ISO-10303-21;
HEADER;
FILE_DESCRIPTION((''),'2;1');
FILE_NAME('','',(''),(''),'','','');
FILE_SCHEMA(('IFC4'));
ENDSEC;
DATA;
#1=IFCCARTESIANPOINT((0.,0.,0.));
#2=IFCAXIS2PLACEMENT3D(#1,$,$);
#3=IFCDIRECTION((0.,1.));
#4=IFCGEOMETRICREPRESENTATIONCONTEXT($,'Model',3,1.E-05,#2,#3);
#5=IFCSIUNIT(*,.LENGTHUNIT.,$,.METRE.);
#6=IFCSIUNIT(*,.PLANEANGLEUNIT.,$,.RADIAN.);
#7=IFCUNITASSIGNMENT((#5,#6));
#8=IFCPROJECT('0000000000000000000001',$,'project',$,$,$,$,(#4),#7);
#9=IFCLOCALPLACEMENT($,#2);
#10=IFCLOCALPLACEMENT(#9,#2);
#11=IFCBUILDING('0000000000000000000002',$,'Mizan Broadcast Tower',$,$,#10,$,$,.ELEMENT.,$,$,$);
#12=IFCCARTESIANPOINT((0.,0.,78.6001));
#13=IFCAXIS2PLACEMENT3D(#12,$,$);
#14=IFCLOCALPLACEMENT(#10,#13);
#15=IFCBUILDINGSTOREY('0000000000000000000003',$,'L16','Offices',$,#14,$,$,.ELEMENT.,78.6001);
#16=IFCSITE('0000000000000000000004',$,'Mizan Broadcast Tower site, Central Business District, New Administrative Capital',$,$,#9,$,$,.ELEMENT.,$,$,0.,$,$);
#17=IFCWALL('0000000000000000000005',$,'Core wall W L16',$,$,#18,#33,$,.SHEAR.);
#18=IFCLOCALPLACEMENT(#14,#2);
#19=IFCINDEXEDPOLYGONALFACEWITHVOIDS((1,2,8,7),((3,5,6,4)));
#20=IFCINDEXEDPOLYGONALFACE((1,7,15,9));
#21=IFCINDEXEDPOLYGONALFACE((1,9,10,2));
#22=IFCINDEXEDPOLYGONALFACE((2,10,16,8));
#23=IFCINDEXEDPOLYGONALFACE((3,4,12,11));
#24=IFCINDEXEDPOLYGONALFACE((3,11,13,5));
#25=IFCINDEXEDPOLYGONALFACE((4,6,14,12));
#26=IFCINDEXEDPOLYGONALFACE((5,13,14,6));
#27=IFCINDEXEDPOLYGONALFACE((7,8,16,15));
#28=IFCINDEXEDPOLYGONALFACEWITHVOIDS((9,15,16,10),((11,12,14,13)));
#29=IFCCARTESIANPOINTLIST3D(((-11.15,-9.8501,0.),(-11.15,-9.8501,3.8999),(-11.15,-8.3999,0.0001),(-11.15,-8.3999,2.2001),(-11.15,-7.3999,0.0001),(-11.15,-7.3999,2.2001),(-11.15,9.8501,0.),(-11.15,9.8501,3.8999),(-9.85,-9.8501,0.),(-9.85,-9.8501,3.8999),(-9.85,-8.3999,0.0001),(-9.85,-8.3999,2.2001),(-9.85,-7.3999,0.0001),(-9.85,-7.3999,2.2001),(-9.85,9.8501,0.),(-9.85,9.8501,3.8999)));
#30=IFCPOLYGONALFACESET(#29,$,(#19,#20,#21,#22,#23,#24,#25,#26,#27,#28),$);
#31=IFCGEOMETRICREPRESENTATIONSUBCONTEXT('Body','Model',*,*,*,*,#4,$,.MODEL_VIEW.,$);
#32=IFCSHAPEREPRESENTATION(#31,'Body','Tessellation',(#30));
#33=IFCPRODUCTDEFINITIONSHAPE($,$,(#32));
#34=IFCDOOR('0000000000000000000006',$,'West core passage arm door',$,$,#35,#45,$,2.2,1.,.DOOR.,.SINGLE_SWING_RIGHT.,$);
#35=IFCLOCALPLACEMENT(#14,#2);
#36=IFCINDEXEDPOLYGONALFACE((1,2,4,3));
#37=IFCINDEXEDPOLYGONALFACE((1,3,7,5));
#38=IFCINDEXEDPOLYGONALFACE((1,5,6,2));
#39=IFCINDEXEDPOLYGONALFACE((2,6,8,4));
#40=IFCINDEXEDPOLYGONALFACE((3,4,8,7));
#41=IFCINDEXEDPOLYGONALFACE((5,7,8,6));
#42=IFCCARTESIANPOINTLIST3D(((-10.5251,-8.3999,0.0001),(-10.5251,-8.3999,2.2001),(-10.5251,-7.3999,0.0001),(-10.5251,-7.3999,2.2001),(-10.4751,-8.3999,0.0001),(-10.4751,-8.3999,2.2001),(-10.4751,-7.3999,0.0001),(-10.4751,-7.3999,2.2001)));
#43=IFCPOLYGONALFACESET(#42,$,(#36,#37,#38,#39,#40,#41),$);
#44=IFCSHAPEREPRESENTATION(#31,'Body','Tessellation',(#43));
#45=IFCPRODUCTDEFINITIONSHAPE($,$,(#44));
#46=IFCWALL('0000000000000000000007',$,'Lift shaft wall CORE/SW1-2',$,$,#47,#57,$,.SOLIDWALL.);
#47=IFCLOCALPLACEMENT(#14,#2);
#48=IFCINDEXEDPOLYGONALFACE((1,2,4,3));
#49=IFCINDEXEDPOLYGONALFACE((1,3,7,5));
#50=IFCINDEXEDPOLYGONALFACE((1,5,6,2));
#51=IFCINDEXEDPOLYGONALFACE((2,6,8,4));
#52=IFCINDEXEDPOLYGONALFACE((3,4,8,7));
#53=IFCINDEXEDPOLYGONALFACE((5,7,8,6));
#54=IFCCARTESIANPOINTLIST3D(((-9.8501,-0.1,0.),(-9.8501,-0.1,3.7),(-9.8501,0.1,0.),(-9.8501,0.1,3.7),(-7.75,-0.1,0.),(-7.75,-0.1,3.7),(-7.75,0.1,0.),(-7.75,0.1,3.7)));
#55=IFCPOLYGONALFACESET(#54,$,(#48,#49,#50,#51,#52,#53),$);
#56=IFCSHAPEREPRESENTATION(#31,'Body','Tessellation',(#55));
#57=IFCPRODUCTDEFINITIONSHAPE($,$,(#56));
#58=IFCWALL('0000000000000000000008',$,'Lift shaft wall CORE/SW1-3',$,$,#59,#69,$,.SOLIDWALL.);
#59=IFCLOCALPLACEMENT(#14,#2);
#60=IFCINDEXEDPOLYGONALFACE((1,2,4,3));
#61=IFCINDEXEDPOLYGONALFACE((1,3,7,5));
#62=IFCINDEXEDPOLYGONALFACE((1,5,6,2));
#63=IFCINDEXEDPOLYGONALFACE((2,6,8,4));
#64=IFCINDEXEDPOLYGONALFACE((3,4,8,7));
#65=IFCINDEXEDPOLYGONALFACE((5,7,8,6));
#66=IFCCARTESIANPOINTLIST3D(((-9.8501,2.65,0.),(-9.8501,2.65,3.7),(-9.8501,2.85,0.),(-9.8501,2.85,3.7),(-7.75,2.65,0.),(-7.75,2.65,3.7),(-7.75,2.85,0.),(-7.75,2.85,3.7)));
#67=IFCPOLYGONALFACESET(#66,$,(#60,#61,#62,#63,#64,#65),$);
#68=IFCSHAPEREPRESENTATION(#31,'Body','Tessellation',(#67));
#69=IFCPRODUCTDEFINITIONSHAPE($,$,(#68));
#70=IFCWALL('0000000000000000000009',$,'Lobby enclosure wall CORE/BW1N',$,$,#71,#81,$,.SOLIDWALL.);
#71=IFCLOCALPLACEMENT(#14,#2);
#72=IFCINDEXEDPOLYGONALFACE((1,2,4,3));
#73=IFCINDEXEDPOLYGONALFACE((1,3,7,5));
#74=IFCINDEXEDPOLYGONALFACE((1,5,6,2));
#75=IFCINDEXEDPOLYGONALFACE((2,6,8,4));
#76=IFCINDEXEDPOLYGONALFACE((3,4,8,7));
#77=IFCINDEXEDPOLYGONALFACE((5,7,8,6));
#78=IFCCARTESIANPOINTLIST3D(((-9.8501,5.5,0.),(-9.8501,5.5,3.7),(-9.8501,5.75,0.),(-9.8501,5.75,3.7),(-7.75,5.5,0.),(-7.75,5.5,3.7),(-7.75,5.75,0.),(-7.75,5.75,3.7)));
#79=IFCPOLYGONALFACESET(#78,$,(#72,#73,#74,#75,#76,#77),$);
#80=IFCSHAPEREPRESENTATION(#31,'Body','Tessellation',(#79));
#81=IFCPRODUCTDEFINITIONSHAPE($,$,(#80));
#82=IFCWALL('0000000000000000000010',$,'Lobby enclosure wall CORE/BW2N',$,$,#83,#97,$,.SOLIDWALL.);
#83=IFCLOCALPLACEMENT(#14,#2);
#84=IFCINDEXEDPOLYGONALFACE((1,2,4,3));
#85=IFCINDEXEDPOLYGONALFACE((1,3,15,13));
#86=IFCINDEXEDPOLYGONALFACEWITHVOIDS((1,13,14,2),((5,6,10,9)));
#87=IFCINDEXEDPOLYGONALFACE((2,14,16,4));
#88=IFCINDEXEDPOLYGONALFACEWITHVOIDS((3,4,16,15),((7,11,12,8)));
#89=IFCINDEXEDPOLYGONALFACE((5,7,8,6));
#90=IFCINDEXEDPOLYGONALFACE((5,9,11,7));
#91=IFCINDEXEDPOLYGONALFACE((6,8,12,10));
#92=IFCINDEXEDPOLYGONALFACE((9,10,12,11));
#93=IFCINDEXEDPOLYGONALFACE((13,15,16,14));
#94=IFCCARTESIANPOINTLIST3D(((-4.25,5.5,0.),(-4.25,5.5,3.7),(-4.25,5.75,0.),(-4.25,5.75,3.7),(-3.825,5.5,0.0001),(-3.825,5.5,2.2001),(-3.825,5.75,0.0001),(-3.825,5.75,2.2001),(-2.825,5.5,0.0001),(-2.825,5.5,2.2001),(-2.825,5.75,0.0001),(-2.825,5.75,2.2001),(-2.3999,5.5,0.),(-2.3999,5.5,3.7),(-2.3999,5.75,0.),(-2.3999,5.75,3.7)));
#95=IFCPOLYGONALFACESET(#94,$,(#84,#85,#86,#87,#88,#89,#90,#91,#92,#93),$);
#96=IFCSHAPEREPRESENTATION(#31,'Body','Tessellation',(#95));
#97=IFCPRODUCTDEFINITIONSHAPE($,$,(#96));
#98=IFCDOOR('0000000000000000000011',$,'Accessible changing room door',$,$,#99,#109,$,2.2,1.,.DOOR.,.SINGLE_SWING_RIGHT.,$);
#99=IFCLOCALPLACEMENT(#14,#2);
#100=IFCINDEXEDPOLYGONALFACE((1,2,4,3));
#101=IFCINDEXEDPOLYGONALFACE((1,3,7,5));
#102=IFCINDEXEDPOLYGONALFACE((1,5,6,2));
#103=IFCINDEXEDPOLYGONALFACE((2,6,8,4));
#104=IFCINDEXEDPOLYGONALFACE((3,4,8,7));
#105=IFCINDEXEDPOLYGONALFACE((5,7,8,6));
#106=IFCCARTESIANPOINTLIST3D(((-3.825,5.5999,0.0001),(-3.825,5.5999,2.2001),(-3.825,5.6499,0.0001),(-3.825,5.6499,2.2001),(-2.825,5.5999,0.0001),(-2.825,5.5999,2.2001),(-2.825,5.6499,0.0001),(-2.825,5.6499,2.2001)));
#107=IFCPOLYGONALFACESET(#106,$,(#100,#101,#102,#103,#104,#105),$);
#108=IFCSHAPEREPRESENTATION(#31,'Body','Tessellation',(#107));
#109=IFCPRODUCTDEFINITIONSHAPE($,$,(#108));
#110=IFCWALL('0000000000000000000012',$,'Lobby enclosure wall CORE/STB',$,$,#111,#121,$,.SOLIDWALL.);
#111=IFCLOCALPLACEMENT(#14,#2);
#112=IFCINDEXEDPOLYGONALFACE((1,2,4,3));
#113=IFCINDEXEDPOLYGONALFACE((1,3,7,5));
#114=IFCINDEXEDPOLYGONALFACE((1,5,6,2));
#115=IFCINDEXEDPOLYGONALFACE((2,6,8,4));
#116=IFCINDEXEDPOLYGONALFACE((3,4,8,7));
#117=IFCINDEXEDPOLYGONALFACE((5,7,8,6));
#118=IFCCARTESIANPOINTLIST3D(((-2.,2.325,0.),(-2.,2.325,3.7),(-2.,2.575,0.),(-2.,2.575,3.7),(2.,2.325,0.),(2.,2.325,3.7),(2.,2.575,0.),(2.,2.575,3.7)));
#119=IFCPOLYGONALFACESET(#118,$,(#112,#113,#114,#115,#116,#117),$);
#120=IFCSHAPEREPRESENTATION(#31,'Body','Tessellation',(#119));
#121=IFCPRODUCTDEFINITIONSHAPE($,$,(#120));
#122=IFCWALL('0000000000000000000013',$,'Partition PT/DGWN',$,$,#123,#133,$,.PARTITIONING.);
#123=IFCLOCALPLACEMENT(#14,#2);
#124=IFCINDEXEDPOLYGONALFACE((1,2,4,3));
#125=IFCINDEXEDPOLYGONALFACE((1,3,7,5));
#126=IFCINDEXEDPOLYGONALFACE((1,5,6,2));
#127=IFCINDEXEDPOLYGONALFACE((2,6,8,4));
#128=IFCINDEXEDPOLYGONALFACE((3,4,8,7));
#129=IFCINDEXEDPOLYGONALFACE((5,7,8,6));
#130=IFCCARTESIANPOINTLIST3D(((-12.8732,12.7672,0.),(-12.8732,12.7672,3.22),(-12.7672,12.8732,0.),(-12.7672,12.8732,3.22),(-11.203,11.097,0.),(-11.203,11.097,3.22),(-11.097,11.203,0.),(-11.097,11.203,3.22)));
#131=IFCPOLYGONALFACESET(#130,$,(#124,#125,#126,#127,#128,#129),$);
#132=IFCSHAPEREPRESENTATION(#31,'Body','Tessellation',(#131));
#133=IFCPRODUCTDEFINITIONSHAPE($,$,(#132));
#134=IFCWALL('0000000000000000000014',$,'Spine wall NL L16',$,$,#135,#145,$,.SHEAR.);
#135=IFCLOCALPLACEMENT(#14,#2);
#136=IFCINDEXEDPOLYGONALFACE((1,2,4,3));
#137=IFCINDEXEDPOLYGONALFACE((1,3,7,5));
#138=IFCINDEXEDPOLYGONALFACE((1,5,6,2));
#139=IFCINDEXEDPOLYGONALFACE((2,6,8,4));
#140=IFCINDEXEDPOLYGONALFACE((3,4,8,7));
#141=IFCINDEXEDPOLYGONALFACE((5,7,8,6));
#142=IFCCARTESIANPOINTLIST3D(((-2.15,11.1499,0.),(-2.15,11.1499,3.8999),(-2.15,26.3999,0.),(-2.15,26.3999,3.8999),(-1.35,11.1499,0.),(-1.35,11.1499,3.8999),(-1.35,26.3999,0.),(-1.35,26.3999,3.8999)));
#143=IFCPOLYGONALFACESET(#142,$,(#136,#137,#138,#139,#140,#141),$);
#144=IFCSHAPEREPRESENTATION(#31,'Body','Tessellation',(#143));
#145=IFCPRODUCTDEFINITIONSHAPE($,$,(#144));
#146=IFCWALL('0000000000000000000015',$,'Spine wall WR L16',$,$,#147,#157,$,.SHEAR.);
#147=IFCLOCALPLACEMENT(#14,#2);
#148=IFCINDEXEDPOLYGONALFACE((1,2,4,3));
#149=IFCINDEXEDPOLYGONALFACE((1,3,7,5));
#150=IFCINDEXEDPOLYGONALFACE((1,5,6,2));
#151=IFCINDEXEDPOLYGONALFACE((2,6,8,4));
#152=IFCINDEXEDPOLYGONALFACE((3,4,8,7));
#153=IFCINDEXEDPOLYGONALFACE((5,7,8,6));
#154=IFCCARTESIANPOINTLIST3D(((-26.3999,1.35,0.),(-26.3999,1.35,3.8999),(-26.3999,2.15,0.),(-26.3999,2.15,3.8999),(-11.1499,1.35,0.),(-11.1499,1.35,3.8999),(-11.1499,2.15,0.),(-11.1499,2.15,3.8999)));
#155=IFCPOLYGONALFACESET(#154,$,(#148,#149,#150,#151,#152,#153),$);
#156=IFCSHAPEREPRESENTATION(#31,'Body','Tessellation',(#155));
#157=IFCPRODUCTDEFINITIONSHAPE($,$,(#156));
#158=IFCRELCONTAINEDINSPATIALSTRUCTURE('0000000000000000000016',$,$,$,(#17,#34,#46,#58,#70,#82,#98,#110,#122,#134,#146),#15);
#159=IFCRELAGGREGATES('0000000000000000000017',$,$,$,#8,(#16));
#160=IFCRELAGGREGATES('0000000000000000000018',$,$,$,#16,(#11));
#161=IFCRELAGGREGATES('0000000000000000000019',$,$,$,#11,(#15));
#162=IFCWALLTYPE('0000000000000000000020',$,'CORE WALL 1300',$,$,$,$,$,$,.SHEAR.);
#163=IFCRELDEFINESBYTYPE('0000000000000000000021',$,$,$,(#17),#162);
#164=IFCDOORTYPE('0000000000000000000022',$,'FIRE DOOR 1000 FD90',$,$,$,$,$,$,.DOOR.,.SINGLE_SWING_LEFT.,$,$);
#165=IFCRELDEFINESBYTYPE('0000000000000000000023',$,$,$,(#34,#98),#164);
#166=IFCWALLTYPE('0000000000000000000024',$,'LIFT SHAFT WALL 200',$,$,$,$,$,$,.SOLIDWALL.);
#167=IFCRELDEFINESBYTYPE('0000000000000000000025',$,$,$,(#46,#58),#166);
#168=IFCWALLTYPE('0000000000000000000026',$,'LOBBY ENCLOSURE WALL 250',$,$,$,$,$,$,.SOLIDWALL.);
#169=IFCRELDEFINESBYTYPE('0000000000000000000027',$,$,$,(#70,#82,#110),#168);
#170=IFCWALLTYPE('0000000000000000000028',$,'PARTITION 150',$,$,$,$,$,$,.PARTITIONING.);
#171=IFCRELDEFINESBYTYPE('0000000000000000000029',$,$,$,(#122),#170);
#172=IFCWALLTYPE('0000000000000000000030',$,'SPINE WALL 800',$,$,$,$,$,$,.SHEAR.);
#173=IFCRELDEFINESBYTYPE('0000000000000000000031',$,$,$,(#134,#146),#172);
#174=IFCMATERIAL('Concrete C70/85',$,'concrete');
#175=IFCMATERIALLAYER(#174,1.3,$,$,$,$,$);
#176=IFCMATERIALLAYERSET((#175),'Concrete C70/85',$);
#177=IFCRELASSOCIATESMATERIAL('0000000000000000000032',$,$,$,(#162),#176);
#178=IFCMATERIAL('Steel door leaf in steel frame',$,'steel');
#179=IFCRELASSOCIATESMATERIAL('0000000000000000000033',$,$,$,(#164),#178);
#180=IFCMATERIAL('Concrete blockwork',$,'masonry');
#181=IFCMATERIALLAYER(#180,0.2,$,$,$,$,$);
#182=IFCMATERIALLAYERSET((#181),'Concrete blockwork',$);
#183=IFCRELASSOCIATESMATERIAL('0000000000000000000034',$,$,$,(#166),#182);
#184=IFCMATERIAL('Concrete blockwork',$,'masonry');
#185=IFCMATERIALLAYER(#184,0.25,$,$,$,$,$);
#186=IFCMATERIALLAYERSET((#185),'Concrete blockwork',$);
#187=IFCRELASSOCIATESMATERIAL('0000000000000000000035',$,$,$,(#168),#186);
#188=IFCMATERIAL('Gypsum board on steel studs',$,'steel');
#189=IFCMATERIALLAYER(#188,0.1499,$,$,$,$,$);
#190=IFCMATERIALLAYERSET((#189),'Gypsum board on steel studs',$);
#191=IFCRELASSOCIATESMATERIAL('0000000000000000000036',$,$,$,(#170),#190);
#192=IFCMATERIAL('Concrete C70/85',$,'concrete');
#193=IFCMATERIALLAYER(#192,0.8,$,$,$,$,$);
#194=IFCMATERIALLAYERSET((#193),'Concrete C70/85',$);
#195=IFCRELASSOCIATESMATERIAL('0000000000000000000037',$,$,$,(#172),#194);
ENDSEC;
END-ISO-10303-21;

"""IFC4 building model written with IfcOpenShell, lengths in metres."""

from ifc_helpers import new_model, si_unit, direction, frame, frame_2d, origin, place, context, subcontext, project, spatial, rectangle, extrude, material, layer, layer_set, type_object, element, fill, save


model = new_model("IFC4")

# Units and contexts
model_context = context("Model", 3, precision=1e-05, world=origin(), true_north=direction((0.0, 1.0)))
body_context = subcontext(model_context, "Body", "Model", "MODEL_VIEW")
ifc_project = project(units=[si_unit("LENGTHUNIT", "METRE"), si_unit("PLANEANGLEUNIT", "RADIAN")], contexts=[model_context])

# Site, building, storey
site_placement = place(None, origin())
site = spatial("IfcSite", under=ifc_project, at=site_placement, Name="Mizan Broadcast Tower site, Central Business District, New Administrative Capital", CompositionType="ELEMENT", RefElevation=0.0)
building_placement = place(site_placement, origin())
building = spatial("IfcBuilding", under=site, at=building_placement, Name="Mizan Broadcast Tower", CompositionType="ELEMENT")
storey_placement = place(building_placement, frame((0.0, 0.0, 78.6001)))
storey = spatial("IfcBuildingStorey", under=building, at=storey_placement, Name="L16", Description="Offices", CompositionType="ELEMENT", Elevation=78.6001)

# Shared definitions
ifc_material_1 = material(Name="Concrete C70/85", Category="concrete")
ifc_layer_1 = layer(ifc_material_1, 1.3)
ifc_layer_set_1 = layer_set([ifc_layer_1], Name="Concrete C70/85")
wall_type_1 = type_object("IfcWallType", Name="CORE WALL 1300", PredefinedType="SHEAR", material=ifc_layer_set_1)

# Wall, opening, door
wall_1_placement = place(storey_placement, frame((-10.5, 9.8501, 0.0), z_axis=(0.0, 0.0, 1.0), x_axis=(0.0, -1.0, 0.0)))
wall_1 = element("IfcWall", 1, at=wall_1_placement, inside=storey, type_object=wall_type_1, Name="Core wall W L16", PredefinedType="SHEAR", context=body_context, shape_type="SweptSolid", body=[
    extrude(rectangle(XDim=19.7002, YDim=1.3, at=frame_2d((9.8501, 0.0))), origin(), (0.0, 0.0, 1.0), 3.8999),
])
opening_1_placement = place(wall_1_placement, frame((17.25, 0.0, 0.0)))
opening_1 = element("IfcOpeningElement", 2, at=opening_1_placement, cuts=wall_1, PredefinedType="OPENING", context=body_context, shape_type="SweptSolid", body=[
    extrude(rectangle(XDim=1.0, YDim=2.2, at=frame_2d((0.5, 1.1001))), frame((0.0, 0.6599, 0.0), z_axis=(0.0, -1.0, 0.0), x_axis=(1.0, 0.0, 0.0)), (0.0, 0.0, 1.0), 1.3201),
])
ifc_material_2 = material(Name="Steel door leaf in steel frame", Category="steel")
door_type_1 = type_object("IfcDoorType", Name="FIRE DOOR 1000 FD90", OperationType="SINGLE_SWING_LEFT", PredefinedType="DOOR", material=ifc_material_2)
door_1_placement = place(opening_1_placement, origin())
door_1 = element("IfcDoor", 3, at=door_1_placement, inside=storey, type_object=door_type_1, Name="West core passage arm door", OperationType="SINGLE_SWING_RIGHT", OverallHeight=2.2, OverallWidth=1.0, PredefinedType="DOOR", context=body_context, shape_type="SweptSolid", body=[
    extrude(rectangle(XDim=1.0, YDim=2.2, at=frame_2d((0.5, 1.1001))), frame((0.0, 0.0249, 0.0), z_axis=(0.0, -1.0, 0.0), x_axis=(1.0, 0.0, 0.0)), (0.0, 0.0, 1.0), 0.05),
])
fill(opening_1, door_1)

# Walls
ifc_material_3 = material(Name="Concrete blockwork", Category="masonry")
ifc_layer_2 = layer(ifc_material_3, 0.2)
ifc_layer_set_2 = layer_set([ifc_layer_2], Name="Concrete blockwork")
wall_type_2 = type_object("IfcWallType", Name="LIFT SHAFT WALL 200", PredefinedType="SOLIDWALL", material=ifc_layer_set_2)
for number, where, z_axis, x_axis, name in (
    (4, (-9.8501, 0.0, 0.0), (0.0, 0.0, 1.0), (1.0, 0.0, 0.0), "Lift shaft wall CORE/SW1-2"),
    (5, (-9.8501, 2.75, 0.0), (0.0, 0.0, 1.0), (1.0, 0.0, 0.0), "Lift shaft wall CORE/SW1-3"),
):
    element("IfcWall", number, at=place(storey_placement, frame(where, z_axis=z_axis, x_axis=x_axis)), inside=storey, type_object=wall_type_2, Name=name, PredefinedType="SOLIDWALL", context=body_context, shape_type="SweptSolid", body=[
        extrude(rectangle(XDim=2.1001, YDim=0.2, at=frame_2d((1.05, 0.0))), origin(), (0.0, 0.0, 1.0), 3.7),
    ])
ifc_material_4 = material(Name="Concrete blockwork", Category="masonry")
ifc_layer_3 = layer(ifc_material_4, 0.25)
ifc_layer_set_3 = layer_set([ifc_layer_3], Name="Concrete blockwork")
wall_type_3 = type_object("IfcWallType", Name="LOBBY ENCLOSURE WALL 250", PredefinedType="SOLIDWALL", material=ifc_layer_set_3)
wall_2_placement = place(storey_placement, frame((-9.8501, 5.625, 0.0), z_axis=(0.0, 0.0, 1.0), x_axis=(1.0, 0.0, 0.0)))
element("IfcWall", 6, at=wall_2_placement, inside=storey, type_object=wall_type_3, Name="Lobby enclosure wall CORE/BW1N", PredefinedType="SOLIDWALL", context=body_context, shape_type="SweptSolid", body=[
    extrude(rectangle(XDim=2.1001, YDim=0.25, at=frame_2d((1.05, 0.0))), origin(), (0.0, 0.0, 1.0), 3.7),
])

# Wall, opening, door
wall_3_placement = place(storey_placement, frame((-4.25, 5.625, 0.0), z_axis=(0.0, 0.0, 1.0), x_axis=(1.0, 0.0, 0.0)))
wall_3 = element("IfcWall", 7, at=wall_3_placement, inside=storey, type_object=wall_type_3, Name="Lobby enclosure wall CORE/BW2N", PredefinedType="SOLIDWALL", context=body_context, shape_type="SweptSolid", body=[
    extrude(rectangle(XDim=1.8501, YDim=0.25, at=frame_2d((0.925, 0.0))), origin(), (0.0, 0.0, 1.0), 3.7),
])
opening_2_placement = place(wall_3_placement, frame((0.425, 0.0, 0.0)))
opening_2 = element("IfcOpeningElement", 8, at=opening_2_placement, cuts=wall_3, PredefinedType="OPENING", context=body_context, shape_type="SweptSolid", body=[
    extrude(rectangle(XDim=1.0, YDim=2.2, at=frame_2d((0.5, 1.1001))), frame((0.0, 0.135, 0.0), z_axis=(0.0, -1.0, 0.0), x_axis=(1.0, 0.0, 0.0)), (0.0, 0.0, 1.0), 0.27),
])
door_2_placement = place(opening_2_placement, origin())
door_2 = element("IfcDoor", 9, at=door_2_placement, inside=storey, type_object=door_type_1, Name="Accessible changing room door", OperationType="SINGLE_SWING_RIGHT", OverallHeight=2.2, OverallWidth=1.0, PredefinedType="DOOR", context=body_context, shape_type="SweptSolid", body=[
    extrude(rectangle(XDim=1.0, YDim=2.2, at=frame_2d((0.5, 1.1001))), frame((0.0, 0.0249, 0.0), z_axis=(0.0, -1.0, 0.0), x_axis=(1.0, 0.0, 0.0)), (0.0, 0.0, 1.0), 0.05),
])
fill(opening_2, door_2)

# Walls
wall_4_placement = place(storey_placement, frame((-2.0, 2.45, 0.0), z_axis=(0.0, 0.0, 1.0), x_axis=(1.0, 0.0, 0.0)))
element("IfcWall", 10, at=wall_4_placement, inside=storey, type_object=wall_type_3, Name="Lobby enclosure wall CORE/STB", PredefinedType="SOLIDWALL", context=body_context, shape_type="SweptSolid", body=[
    extrude(rectangle(XDim=4.0, YDim=0.25, at=frame_2d((2.0, 0.0))), origin(), (0.0, 0.0, 1.0), 3.7),
])
ifc_material_5 = material(Name="Gypsum board on steel studs", Category="steel")
ifc_layer_4 = layer(ifc_material_5, 0.1499)
ifc_layer_set_4 = layer_set([ifc_layer_4], Name="Gypsum board on steel studs")
wall_type_4 = type_object("IfcWallType", Name="PARTITION 150", PredefinedType="PARTITIONING", material=ifc_layer_set_4)
wall_5_placement = place(storey_placement, frame((-11.1499, 11.1499, 0.0), z_axis=(0.0, 0.0, 1.0), x_axis=(-0.707107, 0.707107, 0.0)))
element("IfcWall", 11, at=wall_5_placement, inside=storey, type_object=wall_type_4, Name="Partition PT/DGWN", PredefinedType="PARTITIONING", context=body_context, shape_type="SweptSolid", body=[
    extrude(rectangle(XDim=2.3621, YDim=0.1499, at=frame_2d((1.1812, 0.0))), origin(), (0.0, 0.0, 1.0), 3.22),
])
ifc_material_6 = material(Name="Concrete C70/85", Category="concrete")
ifc_layer_5 = layer(ifc_material_6, 0.8)
ifc_layer_set_5 = layer_set([ifc_layer_5], Name="Concrete C70/85")
wall_type_5 = type_object("IfcWallType", Name="SPINE WALL 800", PredefinedType="SHEAR", material=ifc_layer_set_5)
for number, where, z_axis, x_axis, name in (
    (12, (-1.75, 11.1499, 0.0), (0.0, 0.0, 1.0), (0.0, 1.0, 0.0), "Spine wall NL L16"),
    (13, (-11.1499, 1.75, 0.0), (0.0, 0.0, 1.0), (-1.0, 0.0, 0.0), "Spine wall WR L16"),
):
    element("IfcWall", number, at=place(storey_placement, frame(where, z_axis=z_axis, x_axis=x_axis)), inside=storey, type_object=wall_type_5, Name=name, PredefinedType="SHEAR", context=body_context, shape_type="SweptSolid", body=[
        extrude(rectangle(XDim=15.25, YDim=0.8, at=frame_2d((7.625, 0.0))), origin(), (0.0, 0.0, 1.0), 3.8999),
    ])

save(model, "model.ifc")
